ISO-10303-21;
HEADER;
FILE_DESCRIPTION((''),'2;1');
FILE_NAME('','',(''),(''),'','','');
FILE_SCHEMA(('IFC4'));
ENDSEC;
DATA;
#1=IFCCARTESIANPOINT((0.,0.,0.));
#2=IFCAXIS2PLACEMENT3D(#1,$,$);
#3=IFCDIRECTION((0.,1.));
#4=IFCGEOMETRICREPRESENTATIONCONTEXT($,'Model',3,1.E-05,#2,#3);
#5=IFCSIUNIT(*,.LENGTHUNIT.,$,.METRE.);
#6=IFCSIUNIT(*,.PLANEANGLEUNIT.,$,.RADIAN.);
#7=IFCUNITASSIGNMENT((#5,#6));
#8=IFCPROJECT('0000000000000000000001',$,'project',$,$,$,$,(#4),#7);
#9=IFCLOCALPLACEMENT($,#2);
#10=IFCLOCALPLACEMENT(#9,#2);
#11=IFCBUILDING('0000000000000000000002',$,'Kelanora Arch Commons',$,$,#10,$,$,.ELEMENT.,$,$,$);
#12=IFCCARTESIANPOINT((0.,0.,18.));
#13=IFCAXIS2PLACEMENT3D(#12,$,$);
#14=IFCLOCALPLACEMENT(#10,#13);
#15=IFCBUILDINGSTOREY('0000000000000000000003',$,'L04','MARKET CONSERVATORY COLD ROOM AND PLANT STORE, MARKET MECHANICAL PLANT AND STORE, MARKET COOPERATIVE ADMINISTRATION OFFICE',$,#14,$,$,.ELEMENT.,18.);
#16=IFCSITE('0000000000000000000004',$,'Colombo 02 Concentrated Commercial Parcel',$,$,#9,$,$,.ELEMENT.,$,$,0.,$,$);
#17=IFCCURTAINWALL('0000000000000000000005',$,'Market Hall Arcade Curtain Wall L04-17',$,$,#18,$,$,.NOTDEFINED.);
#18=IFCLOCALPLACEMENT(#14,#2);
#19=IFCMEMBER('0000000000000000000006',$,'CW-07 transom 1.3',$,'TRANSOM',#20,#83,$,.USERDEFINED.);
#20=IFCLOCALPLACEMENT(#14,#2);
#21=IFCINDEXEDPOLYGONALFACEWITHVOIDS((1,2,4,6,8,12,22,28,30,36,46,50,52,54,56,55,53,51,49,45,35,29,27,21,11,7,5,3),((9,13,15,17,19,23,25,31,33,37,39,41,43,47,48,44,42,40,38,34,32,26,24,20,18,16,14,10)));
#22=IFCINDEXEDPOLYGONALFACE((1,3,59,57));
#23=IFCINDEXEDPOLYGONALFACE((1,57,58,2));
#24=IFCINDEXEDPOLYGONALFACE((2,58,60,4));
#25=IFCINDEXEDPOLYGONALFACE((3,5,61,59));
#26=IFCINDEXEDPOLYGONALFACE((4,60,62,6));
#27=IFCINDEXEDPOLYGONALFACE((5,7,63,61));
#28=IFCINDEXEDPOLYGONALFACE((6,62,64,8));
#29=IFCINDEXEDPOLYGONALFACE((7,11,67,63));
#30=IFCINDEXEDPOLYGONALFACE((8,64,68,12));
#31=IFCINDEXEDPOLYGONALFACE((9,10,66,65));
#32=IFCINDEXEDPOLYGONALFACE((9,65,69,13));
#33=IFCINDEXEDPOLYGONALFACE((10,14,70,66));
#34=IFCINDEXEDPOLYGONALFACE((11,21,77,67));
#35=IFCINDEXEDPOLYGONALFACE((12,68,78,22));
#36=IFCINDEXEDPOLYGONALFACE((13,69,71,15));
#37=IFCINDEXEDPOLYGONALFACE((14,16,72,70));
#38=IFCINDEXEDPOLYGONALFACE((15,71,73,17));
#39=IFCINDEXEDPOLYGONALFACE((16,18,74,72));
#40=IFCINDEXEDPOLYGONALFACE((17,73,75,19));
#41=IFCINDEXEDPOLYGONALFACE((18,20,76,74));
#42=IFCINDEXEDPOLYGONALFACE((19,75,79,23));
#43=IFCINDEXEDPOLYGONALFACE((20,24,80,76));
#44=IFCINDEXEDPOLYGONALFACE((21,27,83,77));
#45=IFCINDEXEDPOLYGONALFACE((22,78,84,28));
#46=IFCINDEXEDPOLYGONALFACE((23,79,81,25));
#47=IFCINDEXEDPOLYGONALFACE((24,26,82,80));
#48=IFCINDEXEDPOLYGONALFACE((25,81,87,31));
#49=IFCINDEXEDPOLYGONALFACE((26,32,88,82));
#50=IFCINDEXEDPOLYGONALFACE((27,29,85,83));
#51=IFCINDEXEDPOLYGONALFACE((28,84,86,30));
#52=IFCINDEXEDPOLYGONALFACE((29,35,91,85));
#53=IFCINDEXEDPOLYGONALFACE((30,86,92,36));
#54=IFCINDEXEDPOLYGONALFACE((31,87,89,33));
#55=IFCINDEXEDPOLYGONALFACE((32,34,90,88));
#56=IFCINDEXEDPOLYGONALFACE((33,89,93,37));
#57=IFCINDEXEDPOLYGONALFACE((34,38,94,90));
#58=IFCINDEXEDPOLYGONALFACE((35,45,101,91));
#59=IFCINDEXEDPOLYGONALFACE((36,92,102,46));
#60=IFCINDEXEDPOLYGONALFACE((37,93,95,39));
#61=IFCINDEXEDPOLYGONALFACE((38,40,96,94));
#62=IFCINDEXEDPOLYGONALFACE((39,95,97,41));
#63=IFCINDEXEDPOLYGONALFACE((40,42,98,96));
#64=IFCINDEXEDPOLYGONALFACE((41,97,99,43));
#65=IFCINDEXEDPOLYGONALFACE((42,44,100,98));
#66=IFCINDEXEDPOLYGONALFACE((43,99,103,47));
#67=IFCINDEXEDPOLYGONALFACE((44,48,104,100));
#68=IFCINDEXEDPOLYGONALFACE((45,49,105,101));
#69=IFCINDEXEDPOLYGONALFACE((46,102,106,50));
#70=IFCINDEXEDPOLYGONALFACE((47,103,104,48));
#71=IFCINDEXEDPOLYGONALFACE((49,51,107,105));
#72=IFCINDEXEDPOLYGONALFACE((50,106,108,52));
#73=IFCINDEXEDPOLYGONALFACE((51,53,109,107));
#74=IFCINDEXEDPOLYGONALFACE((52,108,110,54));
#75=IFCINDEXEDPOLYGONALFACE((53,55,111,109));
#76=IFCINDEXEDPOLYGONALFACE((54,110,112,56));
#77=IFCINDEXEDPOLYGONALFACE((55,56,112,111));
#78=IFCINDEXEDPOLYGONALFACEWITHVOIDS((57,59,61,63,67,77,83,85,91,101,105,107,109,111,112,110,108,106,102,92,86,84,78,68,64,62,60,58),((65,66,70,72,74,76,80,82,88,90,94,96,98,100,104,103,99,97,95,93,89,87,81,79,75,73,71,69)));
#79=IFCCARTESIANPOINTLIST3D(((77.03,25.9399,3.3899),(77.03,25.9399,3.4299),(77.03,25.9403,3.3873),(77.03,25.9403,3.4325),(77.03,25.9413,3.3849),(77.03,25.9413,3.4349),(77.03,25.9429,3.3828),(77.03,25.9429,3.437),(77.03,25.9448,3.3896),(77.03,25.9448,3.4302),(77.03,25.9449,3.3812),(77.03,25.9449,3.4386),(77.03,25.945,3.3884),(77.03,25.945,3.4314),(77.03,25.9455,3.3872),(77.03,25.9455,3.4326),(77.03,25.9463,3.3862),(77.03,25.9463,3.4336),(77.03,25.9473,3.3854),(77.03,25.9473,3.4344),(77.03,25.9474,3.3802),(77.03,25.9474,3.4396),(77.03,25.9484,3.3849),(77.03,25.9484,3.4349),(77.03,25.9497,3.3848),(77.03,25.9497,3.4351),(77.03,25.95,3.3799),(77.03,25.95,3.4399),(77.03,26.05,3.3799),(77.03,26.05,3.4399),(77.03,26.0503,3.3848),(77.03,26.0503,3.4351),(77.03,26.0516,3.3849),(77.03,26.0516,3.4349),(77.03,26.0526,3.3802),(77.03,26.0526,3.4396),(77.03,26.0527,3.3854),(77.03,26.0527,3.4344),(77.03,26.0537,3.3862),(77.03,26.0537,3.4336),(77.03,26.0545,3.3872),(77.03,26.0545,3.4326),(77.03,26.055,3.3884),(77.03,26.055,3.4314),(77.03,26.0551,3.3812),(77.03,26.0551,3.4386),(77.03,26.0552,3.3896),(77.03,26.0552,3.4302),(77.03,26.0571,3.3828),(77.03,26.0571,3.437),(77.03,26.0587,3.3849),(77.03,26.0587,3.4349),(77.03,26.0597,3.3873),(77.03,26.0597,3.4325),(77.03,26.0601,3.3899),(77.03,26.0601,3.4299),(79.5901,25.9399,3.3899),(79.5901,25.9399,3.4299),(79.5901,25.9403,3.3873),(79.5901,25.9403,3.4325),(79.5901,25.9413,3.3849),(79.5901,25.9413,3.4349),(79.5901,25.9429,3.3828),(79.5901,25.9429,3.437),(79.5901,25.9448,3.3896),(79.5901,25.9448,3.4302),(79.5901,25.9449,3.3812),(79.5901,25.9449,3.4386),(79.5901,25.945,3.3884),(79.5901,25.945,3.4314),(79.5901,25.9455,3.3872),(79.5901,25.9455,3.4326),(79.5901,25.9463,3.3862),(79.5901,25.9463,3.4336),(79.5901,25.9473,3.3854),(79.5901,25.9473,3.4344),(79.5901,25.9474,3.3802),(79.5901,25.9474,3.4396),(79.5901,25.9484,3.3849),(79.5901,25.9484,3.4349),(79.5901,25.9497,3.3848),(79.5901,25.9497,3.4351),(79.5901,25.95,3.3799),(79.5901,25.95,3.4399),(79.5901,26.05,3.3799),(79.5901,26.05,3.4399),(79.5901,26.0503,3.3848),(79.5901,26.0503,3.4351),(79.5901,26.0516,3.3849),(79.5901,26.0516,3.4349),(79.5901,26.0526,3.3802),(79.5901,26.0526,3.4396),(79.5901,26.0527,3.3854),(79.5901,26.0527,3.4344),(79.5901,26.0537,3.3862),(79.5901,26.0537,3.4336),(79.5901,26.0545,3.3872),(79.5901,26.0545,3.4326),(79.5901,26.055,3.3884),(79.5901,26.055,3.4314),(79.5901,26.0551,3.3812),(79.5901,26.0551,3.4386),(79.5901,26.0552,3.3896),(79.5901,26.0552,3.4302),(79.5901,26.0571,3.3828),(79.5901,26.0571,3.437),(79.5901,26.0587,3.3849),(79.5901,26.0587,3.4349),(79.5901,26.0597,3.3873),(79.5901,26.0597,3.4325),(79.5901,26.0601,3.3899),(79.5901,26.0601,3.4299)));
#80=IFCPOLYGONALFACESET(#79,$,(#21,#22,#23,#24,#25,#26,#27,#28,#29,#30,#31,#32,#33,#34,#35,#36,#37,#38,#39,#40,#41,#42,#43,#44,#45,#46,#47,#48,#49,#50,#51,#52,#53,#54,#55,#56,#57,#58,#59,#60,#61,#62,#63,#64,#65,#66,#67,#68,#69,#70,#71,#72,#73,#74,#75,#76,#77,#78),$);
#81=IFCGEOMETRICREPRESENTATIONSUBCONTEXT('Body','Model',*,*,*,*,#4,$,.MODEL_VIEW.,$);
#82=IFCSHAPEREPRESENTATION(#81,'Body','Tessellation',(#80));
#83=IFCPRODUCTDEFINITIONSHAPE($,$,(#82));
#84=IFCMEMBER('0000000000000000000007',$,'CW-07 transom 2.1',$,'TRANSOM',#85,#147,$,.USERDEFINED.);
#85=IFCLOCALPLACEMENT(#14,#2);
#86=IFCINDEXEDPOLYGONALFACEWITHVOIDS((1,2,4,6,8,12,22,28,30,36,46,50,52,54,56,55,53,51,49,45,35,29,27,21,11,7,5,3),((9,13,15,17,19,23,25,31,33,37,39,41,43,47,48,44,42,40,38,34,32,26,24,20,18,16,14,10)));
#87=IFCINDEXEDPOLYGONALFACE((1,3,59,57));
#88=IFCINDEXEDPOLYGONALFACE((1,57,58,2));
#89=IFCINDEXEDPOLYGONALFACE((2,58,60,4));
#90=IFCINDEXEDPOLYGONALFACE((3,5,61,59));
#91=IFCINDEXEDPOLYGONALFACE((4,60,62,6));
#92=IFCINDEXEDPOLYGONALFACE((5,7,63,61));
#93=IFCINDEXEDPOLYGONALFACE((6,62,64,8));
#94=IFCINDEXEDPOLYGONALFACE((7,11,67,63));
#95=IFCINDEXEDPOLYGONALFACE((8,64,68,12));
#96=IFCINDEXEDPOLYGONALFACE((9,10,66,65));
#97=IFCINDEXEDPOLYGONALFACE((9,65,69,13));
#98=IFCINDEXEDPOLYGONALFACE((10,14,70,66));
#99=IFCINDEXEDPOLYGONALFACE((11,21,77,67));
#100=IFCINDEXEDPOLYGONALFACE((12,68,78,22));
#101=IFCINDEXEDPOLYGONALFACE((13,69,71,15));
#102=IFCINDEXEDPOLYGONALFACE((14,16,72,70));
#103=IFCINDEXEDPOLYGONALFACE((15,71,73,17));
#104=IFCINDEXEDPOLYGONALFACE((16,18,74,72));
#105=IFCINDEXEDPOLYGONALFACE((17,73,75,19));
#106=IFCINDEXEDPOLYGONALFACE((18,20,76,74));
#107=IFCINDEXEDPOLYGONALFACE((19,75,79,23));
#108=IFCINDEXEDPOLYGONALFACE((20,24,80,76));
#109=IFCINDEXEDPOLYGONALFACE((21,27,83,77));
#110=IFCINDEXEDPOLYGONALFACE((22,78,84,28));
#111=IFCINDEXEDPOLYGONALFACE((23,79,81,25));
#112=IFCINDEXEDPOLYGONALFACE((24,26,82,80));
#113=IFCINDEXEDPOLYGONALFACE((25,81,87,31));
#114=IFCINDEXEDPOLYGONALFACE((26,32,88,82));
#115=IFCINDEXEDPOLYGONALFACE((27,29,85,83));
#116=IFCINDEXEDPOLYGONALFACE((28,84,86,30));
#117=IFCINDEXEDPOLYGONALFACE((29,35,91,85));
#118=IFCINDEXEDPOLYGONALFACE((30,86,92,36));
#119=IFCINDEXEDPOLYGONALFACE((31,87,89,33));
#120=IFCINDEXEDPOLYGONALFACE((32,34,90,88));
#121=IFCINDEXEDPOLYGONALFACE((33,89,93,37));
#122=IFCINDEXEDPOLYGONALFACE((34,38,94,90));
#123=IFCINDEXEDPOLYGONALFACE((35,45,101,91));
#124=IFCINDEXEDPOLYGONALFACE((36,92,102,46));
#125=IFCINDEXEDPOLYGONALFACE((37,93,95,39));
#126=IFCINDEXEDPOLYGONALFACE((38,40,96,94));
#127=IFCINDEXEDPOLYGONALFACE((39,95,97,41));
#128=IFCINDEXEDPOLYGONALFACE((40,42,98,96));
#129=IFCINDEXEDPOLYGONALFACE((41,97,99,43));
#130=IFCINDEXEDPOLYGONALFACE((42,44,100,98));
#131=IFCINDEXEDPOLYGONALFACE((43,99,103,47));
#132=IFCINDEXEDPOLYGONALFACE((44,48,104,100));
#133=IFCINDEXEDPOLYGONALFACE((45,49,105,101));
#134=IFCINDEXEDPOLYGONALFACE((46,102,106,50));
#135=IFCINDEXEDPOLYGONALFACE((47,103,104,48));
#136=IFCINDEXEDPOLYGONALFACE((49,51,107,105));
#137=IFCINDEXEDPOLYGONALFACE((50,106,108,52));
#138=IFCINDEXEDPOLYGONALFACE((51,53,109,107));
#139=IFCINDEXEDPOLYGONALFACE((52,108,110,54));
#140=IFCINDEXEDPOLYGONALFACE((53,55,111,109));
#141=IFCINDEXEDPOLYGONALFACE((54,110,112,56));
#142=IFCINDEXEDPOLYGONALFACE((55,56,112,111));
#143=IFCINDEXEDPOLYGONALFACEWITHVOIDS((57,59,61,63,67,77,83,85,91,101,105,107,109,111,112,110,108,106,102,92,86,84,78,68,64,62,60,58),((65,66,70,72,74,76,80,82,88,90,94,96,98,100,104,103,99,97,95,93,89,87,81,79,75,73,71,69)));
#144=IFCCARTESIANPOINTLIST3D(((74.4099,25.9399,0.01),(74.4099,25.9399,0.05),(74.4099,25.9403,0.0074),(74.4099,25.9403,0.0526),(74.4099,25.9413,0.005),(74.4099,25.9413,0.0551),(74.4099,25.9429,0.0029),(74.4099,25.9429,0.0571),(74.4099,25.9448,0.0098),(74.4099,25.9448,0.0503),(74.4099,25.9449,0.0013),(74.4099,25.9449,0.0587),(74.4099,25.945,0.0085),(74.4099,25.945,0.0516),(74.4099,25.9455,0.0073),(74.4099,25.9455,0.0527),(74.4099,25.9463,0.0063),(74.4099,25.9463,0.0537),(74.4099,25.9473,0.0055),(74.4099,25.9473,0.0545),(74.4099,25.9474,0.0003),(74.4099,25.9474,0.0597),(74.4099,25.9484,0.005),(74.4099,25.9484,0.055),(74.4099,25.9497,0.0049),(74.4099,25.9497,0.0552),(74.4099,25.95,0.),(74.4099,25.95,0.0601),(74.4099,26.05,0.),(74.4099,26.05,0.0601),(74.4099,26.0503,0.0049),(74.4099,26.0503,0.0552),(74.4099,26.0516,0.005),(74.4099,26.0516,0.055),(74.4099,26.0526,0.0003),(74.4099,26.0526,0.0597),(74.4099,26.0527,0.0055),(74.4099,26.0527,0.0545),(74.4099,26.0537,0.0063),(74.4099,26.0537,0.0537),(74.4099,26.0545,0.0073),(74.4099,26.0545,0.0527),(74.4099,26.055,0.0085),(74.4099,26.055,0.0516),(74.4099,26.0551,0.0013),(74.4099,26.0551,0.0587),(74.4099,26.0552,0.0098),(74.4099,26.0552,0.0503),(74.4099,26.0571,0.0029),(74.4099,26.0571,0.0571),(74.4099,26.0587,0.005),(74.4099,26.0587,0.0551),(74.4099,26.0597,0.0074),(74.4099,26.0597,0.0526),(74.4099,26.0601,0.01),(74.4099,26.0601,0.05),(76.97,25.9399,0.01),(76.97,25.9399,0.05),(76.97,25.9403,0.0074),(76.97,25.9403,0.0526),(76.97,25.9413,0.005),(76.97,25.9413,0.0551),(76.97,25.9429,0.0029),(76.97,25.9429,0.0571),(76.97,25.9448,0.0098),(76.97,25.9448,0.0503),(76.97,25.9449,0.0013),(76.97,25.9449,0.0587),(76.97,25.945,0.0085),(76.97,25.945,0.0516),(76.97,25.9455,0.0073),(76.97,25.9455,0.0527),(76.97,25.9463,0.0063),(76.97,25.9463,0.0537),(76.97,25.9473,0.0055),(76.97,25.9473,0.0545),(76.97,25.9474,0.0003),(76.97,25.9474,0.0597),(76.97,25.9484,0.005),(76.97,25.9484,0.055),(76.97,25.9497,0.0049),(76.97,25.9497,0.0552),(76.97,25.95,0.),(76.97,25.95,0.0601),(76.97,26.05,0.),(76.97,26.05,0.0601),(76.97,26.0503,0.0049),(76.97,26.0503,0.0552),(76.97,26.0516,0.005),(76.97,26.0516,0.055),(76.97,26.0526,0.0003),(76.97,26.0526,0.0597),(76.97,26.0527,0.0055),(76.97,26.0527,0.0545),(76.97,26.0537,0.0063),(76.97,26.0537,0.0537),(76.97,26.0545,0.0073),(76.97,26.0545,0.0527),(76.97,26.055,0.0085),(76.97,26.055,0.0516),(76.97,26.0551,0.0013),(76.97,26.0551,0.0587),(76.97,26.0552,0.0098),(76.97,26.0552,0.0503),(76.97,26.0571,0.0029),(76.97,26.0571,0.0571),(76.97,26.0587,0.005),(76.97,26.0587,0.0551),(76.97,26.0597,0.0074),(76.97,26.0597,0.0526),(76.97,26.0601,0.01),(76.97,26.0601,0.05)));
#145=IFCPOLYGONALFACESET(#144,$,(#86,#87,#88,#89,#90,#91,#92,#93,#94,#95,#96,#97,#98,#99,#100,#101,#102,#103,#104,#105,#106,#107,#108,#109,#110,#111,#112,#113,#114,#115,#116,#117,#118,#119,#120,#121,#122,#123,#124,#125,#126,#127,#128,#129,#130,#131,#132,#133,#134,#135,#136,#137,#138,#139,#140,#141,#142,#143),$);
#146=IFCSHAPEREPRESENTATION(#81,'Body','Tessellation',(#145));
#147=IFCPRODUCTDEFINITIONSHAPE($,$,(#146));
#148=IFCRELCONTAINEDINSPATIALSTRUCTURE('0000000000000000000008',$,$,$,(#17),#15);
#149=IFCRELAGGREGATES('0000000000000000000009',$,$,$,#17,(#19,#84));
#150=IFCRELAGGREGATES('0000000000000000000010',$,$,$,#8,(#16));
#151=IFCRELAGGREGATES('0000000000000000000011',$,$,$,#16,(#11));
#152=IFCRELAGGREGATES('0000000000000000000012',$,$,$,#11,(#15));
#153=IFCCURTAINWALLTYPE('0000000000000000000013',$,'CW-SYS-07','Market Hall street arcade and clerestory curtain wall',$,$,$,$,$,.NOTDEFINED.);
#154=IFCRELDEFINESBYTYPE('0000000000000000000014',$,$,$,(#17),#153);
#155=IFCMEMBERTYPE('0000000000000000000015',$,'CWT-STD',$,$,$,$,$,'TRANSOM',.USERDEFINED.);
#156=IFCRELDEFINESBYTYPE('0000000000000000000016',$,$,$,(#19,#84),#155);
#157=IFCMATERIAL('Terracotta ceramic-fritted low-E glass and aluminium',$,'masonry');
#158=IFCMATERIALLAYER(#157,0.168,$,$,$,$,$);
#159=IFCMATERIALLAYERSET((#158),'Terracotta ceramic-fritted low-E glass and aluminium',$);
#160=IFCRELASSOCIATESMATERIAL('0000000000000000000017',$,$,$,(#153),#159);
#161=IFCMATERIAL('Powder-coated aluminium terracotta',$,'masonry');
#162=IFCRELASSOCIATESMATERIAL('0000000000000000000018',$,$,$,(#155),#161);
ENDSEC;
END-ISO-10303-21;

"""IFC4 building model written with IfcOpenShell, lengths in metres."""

from ifc_helpers import new_model, si_unit, direction, frame, origin, origin_2d, place, context, subcontext, project, spatial, hollow_rectangle, extrude, material, layer, layer_set, material_profile, profile_set, type_object, element, aggregate, save


model = new_model("IFC4")

# Units and contexts
model_context = context("Model", 3, precision=1e-05, world=origin(), true_north=direction((0.0, 1.0)))
body_context = subcontext(model_context, "Body", "Model", "MODEL_VIEW")
ifc_project = project(units=[si_unit("LENGTHUNIT", "METRE"), si_unit("PLANEANGLEUNIT", "RADIAN")], contexts=[model_context])

# Site, building, storey
site_placement = place(None, origin())
site = spatial("IfcSite", under=ifc_project, at=site_placement, Name="Colombo 02 Concentrated Commercial Parcel", CompositionType="ELEMENT", RefElevation=0.0)
building_placement = place(site_placement, origin())
building = spatial("IfcBuilding", under=site, at=building_placement, Name="Kelanora Arch Commons", CompositionType="ELEMENT")
storey_placement = place(building_placement, frame((0.0, 0.0, 18.0)))
storey = spatial("IfcBuildingStorey", under=building, at=storey_placement, Name="L04", Description="MARKET CONSERVATORY COLD ROOM AND PLANT STORE, MARKET MECHANICAL PLANT AND STORE, MARKET COOPERATIVE ADMINISTRATION OFFICE", CompositionType="ELEMENT", Elevation=18.0)

# Shared definitions
ifc_material_1 = material(Name="Terracotta ceramic-fritted low-E glass and aluminium", Category="masonry")
ifc_material_2 = material(Name="Powder-coated aluminium terracotta", Category="masonry")

# Curtain wall
ifc_layer_1 = layer(ifc_material_1, 0.168)
ifc_layer_set_1 = layer_set([ifc_layer_1], Name="Terracotta ceramic-fritted low-E glass and aluminium")
curtain_wall_type_1 = type_object("IfcCurtainWallType", Name="CW-SYS-07", Description="Market Hall street arcade and clerestory curtain wall", PredefinedType="NOTDEFINED", material=ifc_layer_set_1)
curtain_wall_1_placement = place(storey_placement, origin())
curtain_wall_1 = element("IfcCurtainWall", 1, at=curtain_wall_1_placement, inside=storey, type_object=curtain_wall_type_1, Name="Market Hall Arcade Curtain Wall L04-17", PredefinedType="NOTDEFINED")

# Members
ifc_material_profile_1 = material_profile(ifc_material_2, hollow_rectangle(XDim=0.1201, YDim=0.0601, WallThickness=0.0049, InnerFilletRadius=0.0049, OuterFilletRadius=0.01, at=origin_2d()), Name="CWT120x60")
ifc_profile_set_1 = profile_set([ifc_material_profile_1], Name="Powder-coated aluminium terracotta")
member_type_1 = type_object("IfcMemberType", Name="CWT-STD", ElementType="TRANSOM", PredefinedType="USERDEFINED", material=ifc_profile_set_1)
member_1_placement = place(storey_placement, frame((79.5901, 26.0, 3.4099), z_axis=(-1.0, 0.0, 0.0), x_axis=(0.0, -1.0, 0.0)))
member_1 = element("IfcMember", 2, at=member_1_placement, type_object=member_type_1, Name="CW-07 transom 1.3", ObjectType="TRANSOM", PredefinedType="USERDEFINED", context=body_context, shape_type="SweptSolid", body=[
    extrude(hollow_rectangle(XDim=0.1201, YDim=0.0601, WallThickness=0.0049, InnerFilletRadius=0.0049, OuterFilletRadius=0.01, at=origin_2d()), origin(), (0.0, 0.0, 1.0), 2.5601),
])
member_2_placement = place(storey_placement, frame((76.97, 26.0, 0.03), z_axis=(-1.0, 0.0, 0.0), x_axis=(0.0, -1.0, 0.0)))
member_2 = element("IfcMember", 3, at=member_2_placement, type_object=member_type_1, Name="CW-07 transom 2.1", ObjectType="TRANSOM", PredefinedType="USERDEFINED", context=body_context, shape_type="SweptSolid", body=[
    extrude(hollow_rectangle(XDim=0.1201, YDim=0.0601, WallThickness=0.0049, InnerFilletRadius=0.0049, OuterFilletRadius=0.01, at=origin_2d()), origin(), (0.0, 0.0, 1.0), 2.5601),
])

aggregate(curtain_wall_1, [member_1, member_2])

save(model, "model.ifc")
